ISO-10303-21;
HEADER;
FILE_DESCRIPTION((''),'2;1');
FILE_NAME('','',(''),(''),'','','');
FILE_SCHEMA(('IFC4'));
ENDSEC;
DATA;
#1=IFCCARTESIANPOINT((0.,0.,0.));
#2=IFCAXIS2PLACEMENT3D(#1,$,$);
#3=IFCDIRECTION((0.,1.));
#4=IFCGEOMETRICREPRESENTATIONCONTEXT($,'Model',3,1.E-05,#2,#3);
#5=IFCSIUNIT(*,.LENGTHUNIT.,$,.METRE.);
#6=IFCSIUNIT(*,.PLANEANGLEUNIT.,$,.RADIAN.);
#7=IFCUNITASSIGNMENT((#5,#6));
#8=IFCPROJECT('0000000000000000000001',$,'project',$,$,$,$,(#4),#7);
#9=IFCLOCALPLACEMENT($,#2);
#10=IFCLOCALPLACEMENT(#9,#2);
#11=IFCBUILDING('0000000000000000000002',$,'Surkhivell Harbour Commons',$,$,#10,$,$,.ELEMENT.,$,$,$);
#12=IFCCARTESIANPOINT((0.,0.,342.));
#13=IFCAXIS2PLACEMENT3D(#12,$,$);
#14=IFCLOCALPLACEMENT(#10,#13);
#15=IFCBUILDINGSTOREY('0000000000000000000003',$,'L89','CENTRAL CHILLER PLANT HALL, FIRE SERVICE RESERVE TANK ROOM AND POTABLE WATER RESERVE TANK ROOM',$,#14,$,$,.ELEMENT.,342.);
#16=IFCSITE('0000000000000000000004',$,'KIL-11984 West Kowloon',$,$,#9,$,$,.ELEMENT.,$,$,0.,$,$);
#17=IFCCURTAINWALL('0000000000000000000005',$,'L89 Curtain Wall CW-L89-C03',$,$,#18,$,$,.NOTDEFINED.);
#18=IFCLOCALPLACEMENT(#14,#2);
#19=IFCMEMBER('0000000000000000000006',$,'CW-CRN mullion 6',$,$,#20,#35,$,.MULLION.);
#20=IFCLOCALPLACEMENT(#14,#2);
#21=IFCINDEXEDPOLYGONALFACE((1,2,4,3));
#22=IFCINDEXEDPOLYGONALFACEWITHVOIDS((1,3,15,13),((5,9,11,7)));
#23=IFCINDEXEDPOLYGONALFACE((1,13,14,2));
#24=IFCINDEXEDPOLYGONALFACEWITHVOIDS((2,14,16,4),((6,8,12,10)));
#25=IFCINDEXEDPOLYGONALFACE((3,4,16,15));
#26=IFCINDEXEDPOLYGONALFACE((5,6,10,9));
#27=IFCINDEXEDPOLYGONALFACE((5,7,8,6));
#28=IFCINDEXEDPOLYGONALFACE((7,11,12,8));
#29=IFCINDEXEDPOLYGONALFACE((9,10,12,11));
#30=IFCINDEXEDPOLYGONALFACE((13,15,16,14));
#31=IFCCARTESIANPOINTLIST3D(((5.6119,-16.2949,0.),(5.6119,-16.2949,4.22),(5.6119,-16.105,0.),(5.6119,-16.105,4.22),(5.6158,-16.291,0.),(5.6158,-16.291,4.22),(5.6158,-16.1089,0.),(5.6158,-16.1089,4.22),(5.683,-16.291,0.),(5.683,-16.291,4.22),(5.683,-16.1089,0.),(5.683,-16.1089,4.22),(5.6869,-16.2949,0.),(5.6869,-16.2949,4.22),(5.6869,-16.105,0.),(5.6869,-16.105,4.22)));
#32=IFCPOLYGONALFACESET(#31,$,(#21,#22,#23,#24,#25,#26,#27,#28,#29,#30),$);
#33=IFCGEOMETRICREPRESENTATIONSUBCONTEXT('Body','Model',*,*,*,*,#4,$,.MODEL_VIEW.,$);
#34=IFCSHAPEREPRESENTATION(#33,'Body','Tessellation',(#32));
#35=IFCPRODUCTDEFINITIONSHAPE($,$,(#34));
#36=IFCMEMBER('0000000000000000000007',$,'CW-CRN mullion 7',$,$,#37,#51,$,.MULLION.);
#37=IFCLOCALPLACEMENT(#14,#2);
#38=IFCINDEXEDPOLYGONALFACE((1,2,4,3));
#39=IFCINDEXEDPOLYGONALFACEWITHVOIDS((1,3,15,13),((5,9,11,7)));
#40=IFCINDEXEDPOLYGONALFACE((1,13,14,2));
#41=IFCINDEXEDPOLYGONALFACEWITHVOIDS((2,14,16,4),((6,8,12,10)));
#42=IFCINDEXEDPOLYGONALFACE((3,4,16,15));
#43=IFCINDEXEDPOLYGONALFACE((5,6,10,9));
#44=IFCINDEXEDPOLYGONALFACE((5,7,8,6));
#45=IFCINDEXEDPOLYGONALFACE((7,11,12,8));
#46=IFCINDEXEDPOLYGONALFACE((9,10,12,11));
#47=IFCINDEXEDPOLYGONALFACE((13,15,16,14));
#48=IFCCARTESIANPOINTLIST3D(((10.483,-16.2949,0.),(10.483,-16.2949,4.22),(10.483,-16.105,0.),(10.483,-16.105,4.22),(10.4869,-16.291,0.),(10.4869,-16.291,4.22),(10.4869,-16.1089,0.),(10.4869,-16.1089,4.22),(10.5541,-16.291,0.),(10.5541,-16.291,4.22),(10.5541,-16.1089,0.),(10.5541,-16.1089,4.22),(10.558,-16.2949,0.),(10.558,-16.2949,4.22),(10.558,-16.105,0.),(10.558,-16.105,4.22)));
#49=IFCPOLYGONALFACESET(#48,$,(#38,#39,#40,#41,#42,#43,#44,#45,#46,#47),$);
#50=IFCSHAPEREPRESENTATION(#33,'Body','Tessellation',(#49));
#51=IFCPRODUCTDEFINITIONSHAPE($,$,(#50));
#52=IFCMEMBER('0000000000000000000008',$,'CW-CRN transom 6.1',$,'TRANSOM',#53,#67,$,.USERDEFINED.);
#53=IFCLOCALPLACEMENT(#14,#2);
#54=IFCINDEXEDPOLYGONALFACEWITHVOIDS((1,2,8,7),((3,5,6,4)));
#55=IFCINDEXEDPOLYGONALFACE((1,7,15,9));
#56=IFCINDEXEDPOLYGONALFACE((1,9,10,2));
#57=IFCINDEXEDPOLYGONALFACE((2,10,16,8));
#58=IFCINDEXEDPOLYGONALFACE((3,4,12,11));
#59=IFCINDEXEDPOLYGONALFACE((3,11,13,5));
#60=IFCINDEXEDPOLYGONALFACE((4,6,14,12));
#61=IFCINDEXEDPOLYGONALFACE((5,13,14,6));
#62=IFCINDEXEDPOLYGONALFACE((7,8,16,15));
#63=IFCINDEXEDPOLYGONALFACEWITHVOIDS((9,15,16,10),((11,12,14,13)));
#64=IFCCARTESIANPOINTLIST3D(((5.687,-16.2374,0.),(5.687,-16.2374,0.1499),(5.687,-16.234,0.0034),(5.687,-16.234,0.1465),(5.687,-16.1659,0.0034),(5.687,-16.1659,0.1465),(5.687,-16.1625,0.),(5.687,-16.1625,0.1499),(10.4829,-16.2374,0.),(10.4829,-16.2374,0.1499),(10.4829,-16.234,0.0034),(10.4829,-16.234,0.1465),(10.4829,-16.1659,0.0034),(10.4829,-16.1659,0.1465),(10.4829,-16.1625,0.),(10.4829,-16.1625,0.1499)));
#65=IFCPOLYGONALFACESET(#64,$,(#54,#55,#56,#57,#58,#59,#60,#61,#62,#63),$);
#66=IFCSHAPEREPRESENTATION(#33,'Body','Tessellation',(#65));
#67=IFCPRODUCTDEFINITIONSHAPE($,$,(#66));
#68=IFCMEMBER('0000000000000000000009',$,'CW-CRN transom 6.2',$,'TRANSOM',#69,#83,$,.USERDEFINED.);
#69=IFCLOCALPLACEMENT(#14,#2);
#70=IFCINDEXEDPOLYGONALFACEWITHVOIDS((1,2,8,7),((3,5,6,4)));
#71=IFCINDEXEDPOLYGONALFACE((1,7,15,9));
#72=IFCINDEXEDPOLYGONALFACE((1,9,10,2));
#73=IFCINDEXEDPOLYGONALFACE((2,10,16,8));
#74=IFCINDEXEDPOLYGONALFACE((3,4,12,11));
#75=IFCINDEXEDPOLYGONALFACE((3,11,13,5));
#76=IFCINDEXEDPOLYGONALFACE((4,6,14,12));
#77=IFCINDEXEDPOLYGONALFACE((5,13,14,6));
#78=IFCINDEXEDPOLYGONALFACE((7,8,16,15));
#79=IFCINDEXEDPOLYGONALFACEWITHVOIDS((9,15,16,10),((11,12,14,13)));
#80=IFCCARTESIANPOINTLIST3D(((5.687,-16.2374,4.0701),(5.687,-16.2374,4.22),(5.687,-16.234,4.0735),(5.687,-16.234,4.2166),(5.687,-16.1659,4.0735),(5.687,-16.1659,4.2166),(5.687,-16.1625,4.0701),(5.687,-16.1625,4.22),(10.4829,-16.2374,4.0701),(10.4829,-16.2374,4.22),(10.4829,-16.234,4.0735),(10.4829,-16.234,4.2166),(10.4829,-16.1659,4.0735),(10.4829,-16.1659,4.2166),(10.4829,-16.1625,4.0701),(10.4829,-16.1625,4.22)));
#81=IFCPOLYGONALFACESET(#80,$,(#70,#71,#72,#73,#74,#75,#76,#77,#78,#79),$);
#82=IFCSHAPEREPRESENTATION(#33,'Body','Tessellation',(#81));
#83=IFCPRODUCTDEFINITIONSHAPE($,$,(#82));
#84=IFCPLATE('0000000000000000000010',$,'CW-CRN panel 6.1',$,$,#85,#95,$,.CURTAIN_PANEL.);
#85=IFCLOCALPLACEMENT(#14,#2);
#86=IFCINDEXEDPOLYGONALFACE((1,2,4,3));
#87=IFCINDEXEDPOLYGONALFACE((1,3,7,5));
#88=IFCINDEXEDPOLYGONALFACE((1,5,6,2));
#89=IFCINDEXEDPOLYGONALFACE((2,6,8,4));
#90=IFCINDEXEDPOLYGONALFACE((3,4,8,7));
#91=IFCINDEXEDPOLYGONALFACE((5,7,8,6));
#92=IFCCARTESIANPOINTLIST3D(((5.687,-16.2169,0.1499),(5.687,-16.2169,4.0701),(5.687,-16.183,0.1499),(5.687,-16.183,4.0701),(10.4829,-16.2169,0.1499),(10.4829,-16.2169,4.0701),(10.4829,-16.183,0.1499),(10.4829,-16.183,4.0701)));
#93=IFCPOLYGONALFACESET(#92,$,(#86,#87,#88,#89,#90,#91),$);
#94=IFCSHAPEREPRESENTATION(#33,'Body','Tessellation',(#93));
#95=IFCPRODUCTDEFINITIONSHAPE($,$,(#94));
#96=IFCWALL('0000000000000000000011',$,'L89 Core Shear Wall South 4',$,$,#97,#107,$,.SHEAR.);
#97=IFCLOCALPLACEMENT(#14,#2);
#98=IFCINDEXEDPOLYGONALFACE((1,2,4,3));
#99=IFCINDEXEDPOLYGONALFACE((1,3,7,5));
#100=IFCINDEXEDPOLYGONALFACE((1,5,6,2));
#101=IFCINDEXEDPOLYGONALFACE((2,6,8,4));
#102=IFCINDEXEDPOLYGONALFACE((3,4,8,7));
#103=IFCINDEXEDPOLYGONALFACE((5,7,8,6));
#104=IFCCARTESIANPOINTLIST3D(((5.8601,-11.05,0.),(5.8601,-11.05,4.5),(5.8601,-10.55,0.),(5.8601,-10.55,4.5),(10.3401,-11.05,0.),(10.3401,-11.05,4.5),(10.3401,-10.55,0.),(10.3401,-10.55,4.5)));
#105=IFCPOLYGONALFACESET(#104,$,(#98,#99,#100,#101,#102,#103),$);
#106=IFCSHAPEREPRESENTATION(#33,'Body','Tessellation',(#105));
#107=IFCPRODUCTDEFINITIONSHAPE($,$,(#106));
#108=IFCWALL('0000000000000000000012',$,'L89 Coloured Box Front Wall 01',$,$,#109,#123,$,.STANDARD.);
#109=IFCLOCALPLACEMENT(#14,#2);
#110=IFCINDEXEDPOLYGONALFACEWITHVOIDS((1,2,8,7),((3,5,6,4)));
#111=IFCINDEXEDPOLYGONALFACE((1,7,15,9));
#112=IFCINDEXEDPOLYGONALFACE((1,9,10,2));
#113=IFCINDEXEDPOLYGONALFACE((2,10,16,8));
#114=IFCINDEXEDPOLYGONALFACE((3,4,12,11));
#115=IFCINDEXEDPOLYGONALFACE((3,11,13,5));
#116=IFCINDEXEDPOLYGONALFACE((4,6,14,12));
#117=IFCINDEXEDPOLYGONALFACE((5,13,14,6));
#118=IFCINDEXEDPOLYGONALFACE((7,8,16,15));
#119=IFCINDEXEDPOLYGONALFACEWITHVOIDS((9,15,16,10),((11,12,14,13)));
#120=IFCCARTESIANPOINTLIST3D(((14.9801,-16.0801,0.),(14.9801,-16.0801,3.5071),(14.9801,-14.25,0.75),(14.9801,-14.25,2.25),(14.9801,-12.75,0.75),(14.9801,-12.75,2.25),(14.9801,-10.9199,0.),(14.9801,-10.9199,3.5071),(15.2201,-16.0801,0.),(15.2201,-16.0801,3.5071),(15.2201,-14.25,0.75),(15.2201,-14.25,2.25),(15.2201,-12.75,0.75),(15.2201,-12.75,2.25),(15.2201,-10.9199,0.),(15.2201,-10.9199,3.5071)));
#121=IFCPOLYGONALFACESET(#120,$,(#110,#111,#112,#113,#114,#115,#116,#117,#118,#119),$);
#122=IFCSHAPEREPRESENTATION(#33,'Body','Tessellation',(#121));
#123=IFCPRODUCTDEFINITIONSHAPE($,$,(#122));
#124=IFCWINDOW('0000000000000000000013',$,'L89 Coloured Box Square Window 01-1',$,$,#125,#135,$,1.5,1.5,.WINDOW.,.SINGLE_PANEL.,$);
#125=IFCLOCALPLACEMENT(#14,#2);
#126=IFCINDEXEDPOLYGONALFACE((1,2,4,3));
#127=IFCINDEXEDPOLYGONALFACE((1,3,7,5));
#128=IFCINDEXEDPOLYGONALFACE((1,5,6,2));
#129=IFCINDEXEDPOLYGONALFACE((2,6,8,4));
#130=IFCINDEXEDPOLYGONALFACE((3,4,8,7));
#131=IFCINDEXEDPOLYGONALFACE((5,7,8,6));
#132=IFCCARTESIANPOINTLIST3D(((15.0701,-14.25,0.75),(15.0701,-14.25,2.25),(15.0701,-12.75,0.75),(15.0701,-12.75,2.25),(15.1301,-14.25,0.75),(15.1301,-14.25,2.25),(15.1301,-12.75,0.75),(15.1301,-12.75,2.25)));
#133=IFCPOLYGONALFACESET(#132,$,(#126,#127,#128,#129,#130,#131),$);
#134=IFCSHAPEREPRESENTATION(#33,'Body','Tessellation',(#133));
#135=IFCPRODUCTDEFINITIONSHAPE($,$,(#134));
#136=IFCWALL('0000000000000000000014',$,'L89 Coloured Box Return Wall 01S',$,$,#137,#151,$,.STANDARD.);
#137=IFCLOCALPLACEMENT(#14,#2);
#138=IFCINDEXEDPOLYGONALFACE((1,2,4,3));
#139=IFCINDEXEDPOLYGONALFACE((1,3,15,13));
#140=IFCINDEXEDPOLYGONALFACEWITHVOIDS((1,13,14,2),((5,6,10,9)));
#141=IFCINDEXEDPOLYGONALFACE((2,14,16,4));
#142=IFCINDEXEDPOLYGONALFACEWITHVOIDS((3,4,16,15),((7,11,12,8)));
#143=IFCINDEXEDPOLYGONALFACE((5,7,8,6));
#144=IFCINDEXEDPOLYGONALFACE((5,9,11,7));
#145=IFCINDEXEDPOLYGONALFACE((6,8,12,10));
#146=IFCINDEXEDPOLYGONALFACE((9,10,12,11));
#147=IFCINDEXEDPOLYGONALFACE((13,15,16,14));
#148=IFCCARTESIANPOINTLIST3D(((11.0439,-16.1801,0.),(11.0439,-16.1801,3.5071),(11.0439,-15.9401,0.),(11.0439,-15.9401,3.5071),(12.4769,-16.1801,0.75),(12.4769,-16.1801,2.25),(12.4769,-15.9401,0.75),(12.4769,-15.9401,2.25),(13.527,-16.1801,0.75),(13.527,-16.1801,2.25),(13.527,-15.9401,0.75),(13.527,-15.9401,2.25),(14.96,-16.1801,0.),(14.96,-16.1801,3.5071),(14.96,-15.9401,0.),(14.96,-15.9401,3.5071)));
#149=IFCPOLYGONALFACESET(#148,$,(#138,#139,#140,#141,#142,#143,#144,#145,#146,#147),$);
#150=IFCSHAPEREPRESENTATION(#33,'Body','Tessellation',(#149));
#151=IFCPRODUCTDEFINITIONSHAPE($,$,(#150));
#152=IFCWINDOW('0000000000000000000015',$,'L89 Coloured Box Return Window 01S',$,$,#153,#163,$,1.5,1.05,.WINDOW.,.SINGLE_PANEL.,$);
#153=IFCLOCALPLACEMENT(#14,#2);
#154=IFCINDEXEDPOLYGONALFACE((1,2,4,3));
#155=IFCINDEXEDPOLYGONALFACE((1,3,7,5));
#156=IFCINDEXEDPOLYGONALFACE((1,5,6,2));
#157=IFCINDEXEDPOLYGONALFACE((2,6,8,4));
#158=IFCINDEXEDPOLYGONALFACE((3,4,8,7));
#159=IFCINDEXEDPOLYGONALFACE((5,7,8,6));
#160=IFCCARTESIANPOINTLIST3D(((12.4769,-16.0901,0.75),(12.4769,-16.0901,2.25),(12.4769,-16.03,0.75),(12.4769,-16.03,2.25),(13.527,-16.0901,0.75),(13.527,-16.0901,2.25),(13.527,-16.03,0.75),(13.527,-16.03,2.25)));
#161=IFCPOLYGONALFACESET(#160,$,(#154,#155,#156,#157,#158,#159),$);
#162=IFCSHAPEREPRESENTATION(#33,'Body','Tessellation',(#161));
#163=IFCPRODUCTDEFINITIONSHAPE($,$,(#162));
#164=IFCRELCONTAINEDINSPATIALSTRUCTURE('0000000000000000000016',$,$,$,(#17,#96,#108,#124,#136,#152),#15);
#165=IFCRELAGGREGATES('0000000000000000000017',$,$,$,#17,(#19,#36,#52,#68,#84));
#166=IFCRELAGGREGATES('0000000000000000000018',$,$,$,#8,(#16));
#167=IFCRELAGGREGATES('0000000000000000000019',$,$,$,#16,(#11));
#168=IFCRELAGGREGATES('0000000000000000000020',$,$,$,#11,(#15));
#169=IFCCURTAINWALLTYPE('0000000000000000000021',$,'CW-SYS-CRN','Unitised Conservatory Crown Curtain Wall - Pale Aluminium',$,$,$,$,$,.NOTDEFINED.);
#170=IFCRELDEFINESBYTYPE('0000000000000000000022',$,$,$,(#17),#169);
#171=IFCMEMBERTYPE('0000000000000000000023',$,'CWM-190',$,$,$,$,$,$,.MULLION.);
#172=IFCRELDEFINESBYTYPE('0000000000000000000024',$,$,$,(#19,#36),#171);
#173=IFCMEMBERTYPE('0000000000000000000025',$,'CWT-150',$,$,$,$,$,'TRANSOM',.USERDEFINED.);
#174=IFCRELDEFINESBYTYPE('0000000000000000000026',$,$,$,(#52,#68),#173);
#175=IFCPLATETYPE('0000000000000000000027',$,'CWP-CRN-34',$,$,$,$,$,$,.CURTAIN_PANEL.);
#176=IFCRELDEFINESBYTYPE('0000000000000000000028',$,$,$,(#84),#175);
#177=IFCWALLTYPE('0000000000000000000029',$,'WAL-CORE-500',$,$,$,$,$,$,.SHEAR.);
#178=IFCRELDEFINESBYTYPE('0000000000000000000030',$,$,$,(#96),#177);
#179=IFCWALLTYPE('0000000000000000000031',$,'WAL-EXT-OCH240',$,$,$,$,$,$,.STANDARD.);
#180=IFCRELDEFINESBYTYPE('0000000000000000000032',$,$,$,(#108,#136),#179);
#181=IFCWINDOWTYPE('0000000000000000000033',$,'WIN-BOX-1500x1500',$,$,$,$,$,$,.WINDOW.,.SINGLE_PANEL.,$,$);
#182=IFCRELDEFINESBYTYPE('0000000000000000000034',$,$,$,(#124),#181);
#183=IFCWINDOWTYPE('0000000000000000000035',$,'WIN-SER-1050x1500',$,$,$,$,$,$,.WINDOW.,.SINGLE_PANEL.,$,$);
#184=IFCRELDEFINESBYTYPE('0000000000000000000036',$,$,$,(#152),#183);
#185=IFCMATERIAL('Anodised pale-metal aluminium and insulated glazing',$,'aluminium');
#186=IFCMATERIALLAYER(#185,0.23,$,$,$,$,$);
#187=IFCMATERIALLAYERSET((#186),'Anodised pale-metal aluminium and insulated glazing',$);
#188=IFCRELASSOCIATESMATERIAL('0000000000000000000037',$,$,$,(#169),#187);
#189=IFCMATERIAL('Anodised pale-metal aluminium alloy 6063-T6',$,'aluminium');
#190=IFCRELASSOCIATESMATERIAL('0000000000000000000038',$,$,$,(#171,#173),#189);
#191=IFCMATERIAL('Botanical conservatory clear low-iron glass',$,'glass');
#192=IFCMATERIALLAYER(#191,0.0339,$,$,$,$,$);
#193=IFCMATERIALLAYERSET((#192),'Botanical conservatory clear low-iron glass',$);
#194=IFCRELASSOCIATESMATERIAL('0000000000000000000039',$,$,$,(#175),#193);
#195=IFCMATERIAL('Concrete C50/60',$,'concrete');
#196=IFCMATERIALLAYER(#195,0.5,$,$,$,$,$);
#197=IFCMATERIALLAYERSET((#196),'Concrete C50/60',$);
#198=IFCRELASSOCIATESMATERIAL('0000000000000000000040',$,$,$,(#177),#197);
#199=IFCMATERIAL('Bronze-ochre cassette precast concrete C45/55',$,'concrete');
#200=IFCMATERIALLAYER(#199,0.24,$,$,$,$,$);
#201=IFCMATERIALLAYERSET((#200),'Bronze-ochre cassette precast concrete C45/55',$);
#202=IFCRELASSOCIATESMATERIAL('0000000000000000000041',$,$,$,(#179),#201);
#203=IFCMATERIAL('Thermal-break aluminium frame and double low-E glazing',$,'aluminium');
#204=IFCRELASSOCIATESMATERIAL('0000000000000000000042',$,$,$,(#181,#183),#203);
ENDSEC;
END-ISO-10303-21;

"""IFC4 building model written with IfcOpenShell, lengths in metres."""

from ifc_helpers import new_model, si_unit, direction, frame, frame_2d, origin, origin_2d, place, context, subcontext, project, spatial, rectangle, hollow_rectangle, extrude, material, layer, layer_set, material_profile, profile_set, type_object, element, fill, aggregate, save


model = new_model("IFC4")

# Units and contexts
model_context = context("Model", 3, precision=1e-05, world=origin(), true_north=direction((0.0, 1.0)))
body_context = subcontext(model_context, "Body", "Model", "MODEL_VIEW")
ifc_project = project(units=[si_unit("LENGTHUNIT", "METRE"), si_unit("PLANEANGLEUNIT", "RADIAN")], contexts=[model_context])

# Site, building, storey
site_placement = place(None, origin())
site = spatial("IfcSite", under=ifc_project, at=site_placement, Name="KIL-11984 West Kowloon", CompositionType="ELEMENT", RefElevation=0.0)
building_placement = place(site_placement, origin())
building = spatial("IfcBuilding", under=site, at=building_placement, Name="Surkhivell Harbour Commons", CompositionType="ELEMENT")
storey_placement = place(building_placement, frame((0.0, 0.0, 342.0)))
storey = spatial("IfcBuildingStorey", under=building, at=storey_placement, Name="L89", Description="CENTRAL CHILLER PLANT HALL, FIRE SERVICE RESERVE TANK ROOM AND POTABLE WATER RESERVE TANK ROOM", CompositionType="ELEMENT", Elevation=342.0)

# Curtain wall, members, plate
ifc_material_1 = material(Name="Anodised pale-metal aluminium and insulated glazing", Category="aluminium")
ifc_layer_1 = layer(ifc_material_1, 0.23)
ifc_layer_set_1 = layer_set([ifc_layer_1], Name="Anodised pale-metal aluminium and insulated glazing")
curtain_wall_type = type_object("IfcCurtainWallType", Name="CW-SYS-CRN", Description="Unitised Conservatory Crown Curtain Wall - Pale Aluminium", PredefinedType="NOTDEFINED", material=ifc_layer_set_1)
curtain_wall_placement = place(storey_placement, origin())
curtain_wall = element("IfcCurtainWall", 1, at=curtain_wall_placement, inside=storey, type_object=curtain_wall_type, Name="L89 Curtain Wall CW-L89-C03", PredefinedType="NOTDEFINED")
ifc_material_2 = material(Name="Anodised pale-metal aluminium alloy 6063-T6", Category="aluminium")
ifc_material_profile_1 = material_profile(ifc_material_2, hollow_rectangle(XDim=0.075, YDim=0.1899, WallThickness=0.0039, at=origin_2d()), Name="ALU-MULL-75x190")
ifc_profile_set_1 = profile_set([ifc_material_profile_1], Name="Anodised pale-metal aluminium alloy 6063-T6")
member_type_1 = type_object("IfcMemberType", Name="CWM-190", PredefinedType="MULLION", material=ifc_profile_set_1)
member_1_placement = place(storey_placement, frame((5.6494, -16.2, 0.0), z_axis=(0.0, 0.0, 1.0), x_axis=(1.0, 0.0, 0.0)))
member_1 = element("IfcMember", 2, at=member_1_placement, type_object=member_type_1, Name="CW-CRN mullion 6", PredefinedType="MULLION", context=body_context, shape_type="SweptSolid", body=[
    extrude(hollow_rectangle(XDim=0.075, YDim=0.1899, WallThickness=0.0039, at=origin_2d()), origin(), (0.0, 0.0, 1.0), 4.22),
])
member_2_placement = place(storey_placement, frame((10.5205, -16.2, 0.0), z_axis=(0.0, 0.0, 1.0), x_axis=(1.0, 0.0, 0.0)))
member_2 = element("IfcMember", 3, at=member_2_placement, type_object=member_type_1, Name="CW-CRN mullion 7", PredefinedType="MULLION", context=body_context, shape_type="SweptSolid", body=[
    extrude(hollow_rectangle(XDim=0.075, YDim=0.1899, WallThickness=0.0039, at=origin_2d()), origin(), (0.0, 0.0, 1.0), 4.22),
])
ifc_material_profile_2 = material_profile(ifc_material_2, hollow_rectangle(XDim=0.075, YDim=0.1499, WallThickness=0.0034, at=origin_2d()), Name="ALU-TRAN-75x150")
ifc_profile_set_2 = profile_set([ifc_material_profile_2], Name="Anodised pale-metal aluminium alloy 6063-T6")
member_type_2 = type_object("IfcMemberType", Name="CWT-150", ElementType="TRANSOM", PredefinedType="USERDEFINED", material=ifc_profile_set_2)
member_3_placement = place(storey_placement, frame((5.687, -16.2, 0.075), z_axis=(1.0, 0.0, 0.0), x_axis=(0.0, 1.0, 0.0)))
member_3 = element("IfcMember", 4, at=member_3_placement, type_object=member_type_2, Name="CW-CRN transom 6.1", ObjectType="TRANSOM", PredefinedType="USERDEFINED", context=body_context, shape_type="SweptSolid", body=[
    extrude(hollow_rectangle(XDim=0.075, YDim=0.1499, WallThickness=0.0034, at=origin_2d()), origin(), (0.0, 0.0, 1.0), 4.7959),
])
member_4_placement = place(storey_placement, frame((5.687, -16.2, 4.145), z_axis=(1.0, 0.0, 0.0), x_axis=(0.0, 1.0, 0.0)))
member_4 = element("IfcMember", 5, at=member_4_placement, type_object=member_type_2, Name="CW-CRN transom 6.2", ObjectType="TRANSOM", PredefinedType="USERDEFINED", context=body_context, shape_type="SweptSolid", body=[
    extrude(hollow_rectangle(XDim=0.075, YDim=0.1499, WallThickness=0.0034, at=origin_2d()), origin(), (0.0, 0.0, 1.0), 4.7959),
])
ifc_material_3 = material(Name="Botanical conservatory clear low-iron glass", Category="glass")
ifc_layer_2 = layer(ifc_material_3, 0.0339)
ifc_layer_set_2 = layer_set([ifc_layer_2], Name="Botanical conservatory clear low-iron glass")
plate_type = type_object("IfcPlateType", Name="CWP-CRN-34", PredefinedType="CURTAIN_PANEL", material=ifc_layer_set_2)
plate_placement = place(storey_placement, frame((5.687, -16.2, 0.1499), z_axis=(0.0, 0.0, 1.0), x_axis=(1.0, 0.0, 0.0)))
plate = element("IfcPlate", 6, at=plate_placement, type_object=plate_type, Name="CW-CRN panel 6.1", PredefinedType="CURTAIN_PANEL", context=body_context, shape_type="SweptSolid", body=[
    extrude(rectangle(XDim=4.7959, YDim=0.0339, at=frame_2d((2.3979, 0.0))), origin(), (0.0, 0.0, 1.0), 3.9202),
])
aggregate(curtain_wall, [member_1, member_2, member_3, member_4, plate])

# Wall
ifc_material_4 = material(Name="Concrete C50/60", Category="concrete")
ifc_layer_3 = layer(ifc_material_4, 0.5)
ifc_layer_set_3 = layer_set([ifc_layer_3], Name="Concrete C50/60")
wall_type_1 = type_object("IfcWallType", Name="WAL-CORE-500", PredefinedType="SHEAR", material=ifc_layer_set_3)
wall_1_placement = place(storey_placement, frame((5.8601, -10.8, 0.0), z_axis=(0.0, 0.0, 1.0), x_axis=(1.0, 0.0, 0.0)))
element("IfcWall", 7, at=wall_1_placement, inside=storey, type_object=wall_type_1, Name="L89 Core Shear Wall South 4", PredefinedType="SHEAR", context=body_context, shape_type="SweptSolid", body=[
    extrude(rectangle(XDim=4.48, YDim=0.5, at=frame_2d((2.24, 0.0))), origin(), (0.0, 0.0, 1.0), 4.5),
])

# Walls, openings, windows
ifc_material_5 = material(Name="Bronze-ochre cassette precast concrete C45/55", Category="concrete")
ifc_layer_4 = layer(ifc_material_5, 0.24)
ifc_layer_set_4 = layer_set([ifc_layer_4], Name="Bronze-ochre cassette precast concrete C45/55")
wall_type_2 = type_object("IfcWallType", Name="WAL-EXT-OCH240", PredefinedType="STANDARD", material=ifc_layer_set_4)
wall_2_placement = place(storey_placement, frame((15.1001, -16.0801, 0.0), z_axis=(0.0, 0.0, 1.0), x_axis=(0.0, 1.0, 0.0)))
wall_2 = element("IfcWall", 8, at=wall_2_placement, inside=storey, type_object=wall_type_2, Name="L89 Coloured Box Front Wall 01", PredefinedType="STANDARD", context=body_context, shape_type="SweptSolid", body=[
    extrude(rectangle(XDim=5.1602, YDim=0.24, at=frame_2d((2.5801, 0.0))), origin(), (0.0, 0.0, 1.0), 3.5071),
])
opening_1_placement = place(wall_2_placement, frame((1.8301, 0.0, 0.75)))
opening_1 = element("IfcOpeningElement", 9, at=opening_1_placement, cuts=wall_2, PredefinedType="OPENING", context=body_context, shape_type="SweptSolid", body=[
    extrude(rectangle(XDim=1.5, YDim=1.5, at=frame_2d((0.75, 0.75))), frame((0.0, 0.1299, 0.0), z_axis=(0.0, -1.0, 0.0), x_axis=(1.0, 0.0, 0.0)), (0.0, 0.0, 1.0), 0.26),
])
ifc_material_6 = material(Name="Thermal-break aluminium frame and double low-E glazing", Category="aluminium")
window_type_1 = type_object("IfcWindowType", Name="WIN-BOX-1500x1500", PartitioningType="SINGLE_PANEL", PredefinedType="WINDOW", material=ifc_material_6)
window_1_placement = place(opening_1_placement, origin())
window_1 = element("IfcWindow", 10, at=window_1_placement, inside=storey, type_object=window_type_1, Name="L89 Coloured Box Square Window 01-1", OverallHeight=1.5, OverallWidth=1.5, PartitioningType="SINGLE_PANEL", PredefinedType="WINDOW", context=body_context, shape_type="SweptSolid", body=[
    extrude(rectangle(XDim=1.5, YDim=1.5, at=frame_2d((0.75, 0.75))), frame((0.0, 0.03, 0.0), z_axis=(0.0, -1.0, 0.0), x_axis=(1.0, 0.0, 0.0)), (0.0, 0.0, 1.0), 0.0601),
])
fill(opening_1, window_1)
wall_3_placement = place(storey_placement, frame((11.0439, -16.0601, 0.0), z_axis=(0.0, 0.0, 1.0), x_axis=(1.0, 0.0, 0.0)))
wall_3 = element("IfcWall", 11, at=wall_3_placement, inside=storey, type_object=wall_type_2, Name="L89 Coloured Box Return Wall 01S", PredefinedType="STANDARD", context=body_context, shape_type="SweptSolid", body=[
    extrude(rectangle(XDim=3.916, YDim=0.24, at=frame_2d((1.958, 0.0))), origin(), (0.0, 0.0, 1.0), 3.5071),
])
opening_2_placement = place(wall_3_placement, frame((1.4331, 0.0, 0.75)))
opening_2 = element("IfcOpeningElement", 12, at=opening_2_placement, cuts=wall_3, PredefinedType="OPENING", context=body_context, shape_type="SweptSolid", body=[
    extrude(rectangle(XDim=1.05, YDim=1.5, at=frame_2d((0.5249, 0.75))), frame((0.0, 0.1299, 0.0), z_axis=(0.0, -1.0, 0.0), x_axis=(1.0, 0.0, 0.0)), (0.0, 0.0, 1.0), 0.26),
])
window_type_2 = type_object("IfcWindowType", Name="WIN-SER-1050x1500", PartitioningType="SINGLE_PANEL", PredefinedType="WINDOW", material=ifc_material_6)
window_2_placement = place(opening_2_placement, origin())
window_2 = element("IfcWindow", 13, at=window_2_placement, inside=storey, type_object=window_type_2, Name="L89 Coloured Box Return Window 01S", OverallHeight=1.5, OverallWidth=1.05, PartitioningType="SINGLE_PANEL", PredefinedType="WINDOW", context=body_context, shape_type="SweptSolid", body=[
    extrude(rectangle(XDim=1.05, YDim=1.5, at=frame_2d((0.5249, 0.75))), frame((0.0, 0.03, 0.0), z_axis=(0.0, -1.0, 0.0), x_axis=(1.0, 0.0, 0.0)), (0.0, 0.0, 1.0), 0.0601),
])
fill(opening_2, window_2)

save(model, "model.ifc")
